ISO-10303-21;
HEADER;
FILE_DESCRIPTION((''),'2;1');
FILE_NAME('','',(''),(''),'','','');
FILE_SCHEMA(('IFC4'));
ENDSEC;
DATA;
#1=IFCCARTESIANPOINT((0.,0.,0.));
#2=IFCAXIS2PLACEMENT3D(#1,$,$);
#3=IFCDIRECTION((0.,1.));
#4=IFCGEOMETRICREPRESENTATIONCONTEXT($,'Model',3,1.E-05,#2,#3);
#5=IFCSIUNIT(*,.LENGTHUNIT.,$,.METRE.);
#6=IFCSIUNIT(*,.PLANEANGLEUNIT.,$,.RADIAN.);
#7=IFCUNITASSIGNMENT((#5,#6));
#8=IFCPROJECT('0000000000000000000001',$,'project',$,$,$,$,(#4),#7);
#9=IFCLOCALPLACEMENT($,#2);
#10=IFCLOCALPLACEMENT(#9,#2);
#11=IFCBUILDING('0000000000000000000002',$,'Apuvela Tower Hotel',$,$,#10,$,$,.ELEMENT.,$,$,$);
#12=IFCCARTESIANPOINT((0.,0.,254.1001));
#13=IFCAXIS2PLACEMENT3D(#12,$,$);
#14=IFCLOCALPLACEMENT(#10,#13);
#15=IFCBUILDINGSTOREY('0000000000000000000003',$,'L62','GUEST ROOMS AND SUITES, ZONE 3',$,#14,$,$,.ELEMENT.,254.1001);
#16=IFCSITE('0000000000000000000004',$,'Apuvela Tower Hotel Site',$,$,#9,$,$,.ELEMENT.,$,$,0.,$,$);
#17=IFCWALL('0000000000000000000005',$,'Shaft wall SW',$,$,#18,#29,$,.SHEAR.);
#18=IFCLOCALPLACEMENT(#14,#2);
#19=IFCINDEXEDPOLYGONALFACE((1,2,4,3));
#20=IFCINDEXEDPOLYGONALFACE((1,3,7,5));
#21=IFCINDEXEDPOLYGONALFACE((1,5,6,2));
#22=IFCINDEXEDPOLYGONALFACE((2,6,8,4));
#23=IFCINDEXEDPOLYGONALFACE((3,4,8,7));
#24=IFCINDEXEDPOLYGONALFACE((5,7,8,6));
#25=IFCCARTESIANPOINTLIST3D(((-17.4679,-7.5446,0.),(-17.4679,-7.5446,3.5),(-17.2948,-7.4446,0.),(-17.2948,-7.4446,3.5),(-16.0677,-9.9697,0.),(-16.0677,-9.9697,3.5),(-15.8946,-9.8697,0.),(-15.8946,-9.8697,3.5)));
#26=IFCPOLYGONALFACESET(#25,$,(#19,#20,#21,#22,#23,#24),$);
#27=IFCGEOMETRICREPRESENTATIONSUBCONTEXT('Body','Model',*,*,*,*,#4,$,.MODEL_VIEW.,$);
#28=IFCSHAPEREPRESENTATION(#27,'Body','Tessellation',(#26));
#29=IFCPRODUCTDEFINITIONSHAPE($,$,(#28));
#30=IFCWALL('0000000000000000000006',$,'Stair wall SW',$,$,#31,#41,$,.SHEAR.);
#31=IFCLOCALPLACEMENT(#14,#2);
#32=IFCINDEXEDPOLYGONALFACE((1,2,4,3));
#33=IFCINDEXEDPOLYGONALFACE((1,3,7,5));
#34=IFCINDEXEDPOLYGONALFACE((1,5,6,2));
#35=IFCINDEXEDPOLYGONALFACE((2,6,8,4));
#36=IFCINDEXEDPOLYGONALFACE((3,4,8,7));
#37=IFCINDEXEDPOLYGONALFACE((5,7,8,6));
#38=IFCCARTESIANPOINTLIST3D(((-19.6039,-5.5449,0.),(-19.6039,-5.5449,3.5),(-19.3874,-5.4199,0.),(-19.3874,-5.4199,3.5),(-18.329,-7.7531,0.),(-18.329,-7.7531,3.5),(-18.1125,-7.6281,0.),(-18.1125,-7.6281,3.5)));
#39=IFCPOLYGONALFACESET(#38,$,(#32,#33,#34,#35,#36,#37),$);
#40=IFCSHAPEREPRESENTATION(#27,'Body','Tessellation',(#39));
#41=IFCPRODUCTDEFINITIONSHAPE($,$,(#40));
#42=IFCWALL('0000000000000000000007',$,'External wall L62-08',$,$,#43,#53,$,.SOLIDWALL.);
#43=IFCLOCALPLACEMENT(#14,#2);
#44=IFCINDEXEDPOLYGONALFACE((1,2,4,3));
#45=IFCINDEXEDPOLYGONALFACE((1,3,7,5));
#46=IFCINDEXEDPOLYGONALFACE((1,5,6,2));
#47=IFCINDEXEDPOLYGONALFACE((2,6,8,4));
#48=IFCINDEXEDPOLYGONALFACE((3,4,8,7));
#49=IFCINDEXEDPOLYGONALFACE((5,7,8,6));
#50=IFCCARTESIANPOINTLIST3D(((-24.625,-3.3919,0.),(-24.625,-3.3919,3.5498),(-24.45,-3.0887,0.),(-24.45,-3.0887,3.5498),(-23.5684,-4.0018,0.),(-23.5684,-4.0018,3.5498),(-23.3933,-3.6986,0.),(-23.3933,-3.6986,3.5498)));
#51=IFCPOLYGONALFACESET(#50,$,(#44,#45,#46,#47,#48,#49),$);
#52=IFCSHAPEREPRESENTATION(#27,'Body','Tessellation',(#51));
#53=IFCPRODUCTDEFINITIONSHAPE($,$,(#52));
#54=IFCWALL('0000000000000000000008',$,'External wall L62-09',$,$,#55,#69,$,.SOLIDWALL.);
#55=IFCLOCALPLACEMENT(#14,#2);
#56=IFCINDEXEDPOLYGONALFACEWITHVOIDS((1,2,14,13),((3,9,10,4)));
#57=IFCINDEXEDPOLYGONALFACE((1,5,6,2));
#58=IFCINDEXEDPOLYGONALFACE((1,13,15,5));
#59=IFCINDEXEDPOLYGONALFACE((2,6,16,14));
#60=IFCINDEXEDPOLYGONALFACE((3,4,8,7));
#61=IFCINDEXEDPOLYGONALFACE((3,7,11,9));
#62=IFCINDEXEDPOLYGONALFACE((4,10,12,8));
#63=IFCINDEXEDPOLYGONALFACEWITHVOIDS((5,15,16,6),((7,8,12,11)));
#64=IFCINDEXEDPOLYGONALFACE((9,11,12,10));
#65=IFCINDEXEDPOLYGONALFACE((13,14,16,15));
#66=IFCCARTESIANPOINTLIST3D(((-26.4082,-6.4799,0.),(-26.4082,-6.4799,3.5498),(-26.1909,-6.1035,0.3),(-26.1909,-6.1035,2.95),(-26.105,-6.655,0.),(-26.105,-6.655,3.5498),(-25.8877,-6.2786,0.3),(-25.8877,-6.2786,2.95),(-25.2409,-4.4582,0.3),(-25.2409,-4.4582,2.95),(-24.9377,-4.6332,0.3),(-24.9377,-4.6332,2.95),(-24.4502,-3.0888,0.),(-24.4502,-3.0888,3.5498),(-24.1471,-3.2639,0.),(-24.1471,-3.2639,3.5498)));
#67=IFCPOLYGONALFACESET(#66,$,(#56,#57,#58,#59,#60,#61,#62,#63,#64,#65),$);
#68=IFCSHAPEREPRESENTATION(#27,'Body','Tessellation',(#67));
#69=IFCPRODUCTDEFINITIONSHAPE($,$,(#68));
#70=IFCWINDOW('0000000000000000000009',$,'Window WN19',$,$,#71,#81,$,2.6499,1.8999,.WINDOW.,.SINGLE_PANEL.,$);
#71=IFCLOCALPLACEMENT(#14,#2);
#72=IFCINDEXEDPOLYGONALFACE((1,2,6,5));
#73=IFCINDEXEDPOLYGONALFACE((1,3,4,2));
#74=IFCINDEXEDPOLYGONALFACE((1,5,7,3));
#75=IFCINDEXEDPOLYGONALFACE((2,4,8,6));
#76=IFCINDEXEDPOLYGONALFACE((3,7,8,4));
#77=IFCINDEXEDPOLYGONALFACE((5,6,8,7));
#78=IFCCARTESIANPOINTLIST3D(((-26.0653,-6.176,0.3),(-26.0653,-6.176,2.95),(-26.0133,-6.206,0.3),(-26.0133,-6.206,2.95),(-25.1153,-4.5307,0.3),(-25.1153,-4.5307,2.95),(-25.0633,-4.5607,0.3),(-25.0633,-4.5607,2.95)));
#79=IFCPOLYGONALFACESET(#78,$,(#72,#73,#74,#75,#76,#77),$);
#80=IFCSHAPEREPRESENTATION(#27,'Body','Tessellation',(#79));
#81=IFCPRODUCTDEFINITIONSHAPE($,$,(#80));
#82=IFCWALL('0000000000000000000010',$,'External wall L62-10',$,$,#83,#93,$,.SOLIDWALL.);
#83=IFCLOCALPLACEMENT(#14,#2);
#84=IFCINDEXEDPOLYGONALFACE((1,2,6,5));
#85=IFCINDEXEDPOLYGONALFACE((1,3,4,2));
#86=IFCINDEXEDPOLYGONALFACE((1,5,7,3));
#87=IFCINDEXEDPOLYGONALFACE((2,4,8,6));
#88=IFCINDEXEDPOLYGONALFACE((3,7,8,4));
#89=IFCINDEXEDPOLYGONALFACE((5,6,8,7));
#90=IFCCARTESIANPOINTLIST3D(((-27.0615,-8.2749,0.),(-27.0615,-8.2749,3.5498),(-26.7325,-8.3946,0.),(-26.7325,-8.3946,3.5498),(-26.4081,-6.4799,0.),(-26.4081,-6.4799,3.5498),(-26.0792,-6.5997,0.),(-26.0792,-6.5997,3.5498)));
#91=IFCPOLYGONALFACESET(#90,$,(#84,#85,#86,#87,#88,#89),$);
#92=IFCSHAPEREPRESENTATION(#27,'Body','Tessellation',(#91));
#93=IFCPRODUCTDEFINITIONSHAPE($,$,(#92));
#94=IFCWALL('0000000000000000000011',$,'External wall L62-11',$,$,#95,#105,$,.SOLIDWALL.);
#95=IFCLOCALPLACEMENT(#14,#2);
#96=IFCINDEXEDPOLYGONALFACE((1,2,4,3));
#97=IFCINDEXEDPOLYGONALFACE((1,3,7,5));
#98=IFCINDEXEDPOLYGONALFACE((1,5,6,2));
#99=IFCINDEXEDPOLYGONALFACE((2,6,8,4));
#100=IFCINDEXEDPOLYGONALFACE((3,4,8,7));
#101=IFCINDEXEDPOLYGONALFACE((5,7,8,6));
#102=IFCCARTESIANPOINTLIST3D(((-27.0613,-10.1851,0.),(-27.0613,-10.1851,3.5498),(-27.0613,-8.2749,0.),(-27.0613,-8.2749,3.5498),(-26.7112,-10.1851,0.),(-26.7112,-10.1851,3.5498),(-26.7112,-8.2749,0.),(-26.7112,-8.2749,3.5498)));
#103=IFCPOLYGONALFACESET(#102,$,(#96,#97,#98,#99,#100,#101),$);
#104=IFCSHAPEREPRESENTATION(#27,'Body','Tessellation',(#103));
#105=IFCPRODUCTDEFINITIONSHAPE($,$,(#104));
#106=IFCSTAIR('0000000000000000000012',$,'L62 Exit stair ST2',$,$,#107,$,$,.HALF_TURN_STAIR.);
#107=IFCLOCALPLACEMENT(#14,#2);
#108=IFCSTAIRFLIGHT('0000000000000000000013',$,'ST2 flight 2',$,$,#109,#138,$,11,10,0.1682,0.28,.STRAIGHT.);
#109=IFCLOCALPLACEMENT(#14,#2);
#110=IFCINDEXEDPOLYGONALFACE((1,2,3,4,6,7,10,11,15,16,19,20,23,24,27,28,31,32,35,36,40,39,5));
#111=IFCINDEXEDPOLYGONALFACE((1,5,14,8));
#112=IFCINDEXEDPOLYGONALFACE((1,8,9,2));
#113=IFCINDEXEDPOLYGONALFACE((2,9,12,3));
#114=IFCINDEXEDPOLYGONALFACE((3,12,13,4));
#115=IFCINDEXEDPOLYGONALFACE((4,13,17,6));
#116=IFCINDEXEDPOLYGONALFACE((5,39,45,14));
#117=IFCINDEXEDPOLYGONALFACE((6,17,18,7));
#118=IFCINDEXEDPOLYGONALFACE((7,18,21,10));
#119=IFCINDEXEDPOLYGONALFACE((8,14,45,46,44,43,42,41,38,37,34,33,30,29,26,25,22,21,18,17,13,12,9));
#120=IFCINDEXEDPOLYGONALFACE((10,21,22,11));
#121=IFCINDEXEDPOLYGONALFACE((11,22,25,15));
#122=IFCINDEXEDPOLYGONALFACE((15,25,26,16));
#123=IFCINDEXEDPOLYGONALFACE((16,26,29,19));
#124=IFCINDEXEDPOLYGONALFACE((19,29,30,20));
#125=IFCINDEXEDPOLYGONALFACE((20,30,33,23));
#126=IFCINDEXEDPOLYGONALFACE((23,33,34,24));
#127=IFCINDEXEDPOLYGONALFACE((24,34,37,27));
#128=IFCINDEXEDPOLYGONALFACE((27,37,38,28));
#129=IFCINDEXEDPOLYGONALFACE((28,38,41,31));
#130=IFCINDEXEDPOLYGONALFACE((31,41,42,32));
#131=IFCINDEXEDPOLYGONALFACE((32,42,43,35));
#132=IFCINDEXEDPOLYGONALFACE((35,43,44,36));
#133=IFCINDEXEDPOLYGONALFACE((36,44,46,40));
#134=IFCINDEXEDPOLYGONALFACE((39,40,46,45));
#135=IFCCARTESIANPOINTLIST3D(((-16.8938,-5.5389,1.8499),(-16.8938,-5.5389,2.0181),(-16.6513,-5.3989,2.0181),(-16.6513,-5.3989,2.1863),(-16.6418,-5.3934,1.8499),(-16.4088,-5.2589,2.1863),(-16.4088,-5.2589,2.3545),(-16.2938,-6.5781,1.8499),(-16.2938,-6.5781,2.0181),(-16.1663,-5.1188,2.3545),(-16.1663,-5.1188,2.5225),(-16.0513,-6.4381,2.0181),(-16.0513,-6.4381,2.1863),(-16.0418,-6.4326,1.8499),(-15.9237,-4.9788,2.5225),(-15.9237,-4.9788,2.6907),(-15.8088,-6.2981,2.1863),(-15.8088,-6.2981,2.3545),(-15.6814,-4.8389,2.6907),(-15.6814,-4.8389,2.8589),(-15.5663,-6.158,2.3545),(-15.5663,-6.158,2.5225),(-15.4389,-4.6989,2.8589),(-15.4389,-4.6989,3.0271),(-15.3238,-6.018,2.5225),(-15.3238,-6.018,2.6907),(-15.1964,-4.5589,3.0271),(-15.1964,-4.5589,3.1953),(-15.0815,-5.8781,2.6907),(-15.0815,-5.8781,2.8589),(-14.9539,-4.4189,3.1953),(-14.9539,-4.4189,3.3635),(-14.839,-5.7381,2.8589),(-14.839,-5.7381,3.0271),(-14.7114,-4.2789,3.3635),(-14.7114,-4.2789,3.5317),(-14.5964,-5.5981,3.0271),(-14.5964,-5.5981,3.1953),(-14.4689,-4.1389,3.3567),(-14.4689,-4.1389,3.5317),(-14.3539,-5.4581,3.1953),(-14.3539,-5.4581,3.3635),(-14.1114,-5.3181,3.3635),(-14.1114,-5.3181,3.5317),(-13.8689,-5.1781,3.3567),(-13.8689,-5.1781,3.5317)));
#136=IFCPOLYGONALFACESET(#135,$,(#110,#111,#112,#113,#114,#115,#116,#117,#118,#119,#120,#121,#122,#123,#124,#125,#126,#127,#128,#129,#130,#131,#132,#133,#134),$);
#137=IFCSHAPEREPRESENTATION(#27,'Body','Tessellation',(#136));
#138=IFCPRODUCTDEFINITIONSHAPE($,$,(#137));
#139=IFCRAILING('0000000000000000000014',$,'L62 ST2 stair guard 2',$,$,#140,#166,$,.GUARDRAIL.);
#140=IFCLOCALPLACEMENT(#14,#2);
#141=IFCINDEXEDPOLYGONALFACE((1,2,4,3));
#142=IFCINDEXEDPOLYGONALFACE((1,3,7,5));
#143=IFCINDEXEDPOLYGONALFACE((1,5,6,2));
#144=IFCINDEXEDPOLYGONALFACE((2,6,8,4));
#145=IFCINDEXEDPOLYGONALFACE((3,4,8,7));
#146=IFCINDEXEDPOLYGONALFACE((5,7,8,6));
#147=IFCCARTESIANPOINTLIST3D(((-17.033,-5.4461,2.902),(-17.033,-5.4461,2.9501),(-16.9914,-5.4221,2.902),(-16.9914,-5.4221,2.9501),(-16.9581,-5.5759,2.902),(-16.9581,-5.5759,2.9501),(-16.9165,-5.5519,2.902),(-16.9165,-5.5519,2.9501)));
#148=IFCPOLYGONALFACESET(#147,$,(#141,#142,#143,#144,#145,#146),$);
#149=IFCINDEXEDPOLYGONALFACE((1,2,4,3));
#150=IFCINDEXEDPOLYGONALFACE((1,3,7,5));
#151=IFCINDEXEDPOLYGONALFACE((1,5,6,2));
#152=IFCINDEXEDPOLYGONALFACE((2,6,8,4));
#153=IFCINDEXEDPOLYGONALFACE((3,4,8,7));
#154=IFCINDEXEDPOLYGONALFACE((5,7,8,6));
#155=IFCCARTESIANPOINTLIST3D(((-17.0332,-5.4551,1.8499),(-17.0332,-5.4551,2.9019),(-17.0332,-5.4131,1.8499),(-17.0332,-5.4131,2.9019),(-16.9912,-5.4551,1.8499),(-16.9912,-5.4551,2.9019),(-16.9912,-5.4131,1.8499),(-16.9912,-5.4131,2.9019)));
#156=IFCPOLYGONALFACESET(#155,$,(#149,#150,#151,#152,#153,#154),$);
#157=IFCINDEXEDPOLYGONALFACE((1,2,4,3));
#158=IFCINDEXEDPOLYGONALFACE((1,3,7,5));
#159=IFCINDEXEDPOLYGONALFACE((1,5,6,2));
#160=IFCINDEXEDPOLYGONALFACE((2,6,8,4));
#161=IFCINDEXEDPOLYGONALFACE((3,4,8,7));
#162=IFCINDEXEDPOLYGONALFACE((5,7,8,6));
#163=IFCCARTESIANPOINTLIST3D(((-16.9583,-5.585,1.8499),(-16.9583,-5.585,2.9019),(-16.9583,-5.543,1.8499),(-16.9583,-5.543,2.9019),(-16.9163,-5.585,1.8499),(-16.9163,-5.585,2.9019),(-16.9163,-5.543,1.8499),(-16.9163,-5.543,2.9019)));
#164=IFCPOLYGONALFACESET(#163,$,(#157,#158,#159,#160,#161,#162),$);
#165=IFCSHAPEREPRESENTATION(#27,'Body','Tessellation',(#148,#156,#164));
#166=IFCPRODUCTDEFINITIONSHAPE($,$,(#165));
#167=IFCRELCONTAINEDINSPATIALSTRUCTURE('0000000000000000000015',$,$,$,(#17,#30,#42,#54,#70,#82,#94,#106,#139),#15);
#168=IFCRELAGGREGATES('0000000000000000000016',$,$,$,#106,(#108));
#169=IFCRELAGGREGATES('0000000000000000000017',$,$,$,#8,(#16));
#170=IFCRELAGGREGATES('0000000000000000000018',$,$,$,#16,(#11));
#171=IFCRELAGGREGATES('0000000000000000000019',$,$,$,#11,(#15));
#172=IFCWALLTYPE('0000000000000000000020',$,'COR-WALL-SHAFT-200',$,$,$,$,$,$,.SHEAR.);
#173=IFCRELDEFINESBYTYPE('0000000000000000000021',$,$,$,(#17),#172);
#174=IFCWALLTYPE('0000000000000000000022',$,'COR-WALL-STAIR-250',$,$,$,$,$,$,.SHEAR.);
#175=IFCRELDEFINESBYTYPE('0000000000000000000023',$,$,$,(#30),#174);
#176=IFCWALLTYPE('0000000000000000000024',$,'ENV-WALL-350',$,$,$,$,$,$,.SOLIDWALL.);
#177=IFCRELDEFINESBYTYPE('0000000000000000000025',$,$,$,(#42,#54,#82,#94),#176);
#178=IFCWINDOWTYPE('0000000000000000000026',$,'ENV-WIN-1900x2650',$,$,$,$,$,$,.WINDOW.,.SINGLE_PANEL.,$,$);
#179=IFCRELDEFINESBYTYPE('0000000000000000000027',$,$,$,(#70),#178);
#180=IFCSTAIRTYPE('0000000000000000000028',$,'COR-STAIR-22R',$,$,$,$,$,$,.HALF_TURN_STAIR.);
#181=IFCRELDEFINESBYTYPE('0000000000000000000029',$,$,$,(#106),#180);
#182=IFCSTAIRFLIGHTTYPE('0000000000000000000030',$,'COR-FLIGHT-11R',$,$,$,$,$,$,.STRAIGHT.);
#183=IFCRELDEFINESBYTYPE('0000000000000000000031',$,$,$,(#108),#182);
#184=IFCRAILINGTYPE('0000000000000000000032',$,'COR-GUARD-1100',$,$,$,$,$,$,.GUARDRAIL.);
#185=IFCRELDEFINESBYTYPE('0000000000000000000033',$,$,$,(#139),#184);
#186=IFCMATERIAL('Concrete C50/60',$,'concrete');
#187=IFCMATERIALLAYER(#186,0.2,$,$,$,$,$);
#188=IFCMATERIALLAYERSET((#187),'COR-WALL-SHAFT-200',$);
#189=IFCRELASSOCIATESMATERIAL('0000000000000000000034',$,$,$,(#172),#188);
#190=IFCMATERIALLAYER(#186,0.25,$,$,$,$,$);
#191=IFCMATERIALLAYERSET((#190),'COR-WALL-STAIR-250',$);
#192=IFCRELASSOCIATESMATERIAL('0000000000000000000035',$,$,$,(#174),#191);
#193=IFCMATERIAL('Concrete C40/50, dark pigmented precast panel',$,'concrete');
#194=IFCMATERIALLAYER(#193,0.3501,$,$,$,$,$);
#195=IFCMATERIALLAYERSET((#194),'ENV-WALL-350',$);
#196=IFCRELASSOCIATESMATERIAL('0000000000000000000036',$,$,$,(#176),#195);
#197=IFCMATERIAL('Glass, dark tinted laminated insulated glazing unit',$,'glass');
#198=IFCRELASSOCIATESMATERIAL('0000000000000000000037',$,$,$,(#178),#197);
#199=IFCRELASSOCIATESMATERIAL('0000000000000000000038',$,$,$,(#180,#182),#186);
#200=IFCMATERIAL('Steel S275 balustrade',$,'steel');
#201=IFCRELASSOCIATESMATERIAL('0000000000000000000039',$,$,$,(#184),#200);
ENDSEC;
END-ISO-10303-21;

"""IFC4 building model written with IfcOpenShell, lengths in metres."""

from ifc_helpers import new_model, si_unit, direction, frame, frame_2d, origin, origin_2d, place, context, subcontext, project, spatial, polyline, rectangle, outline, extrude, material, layer, layer_set, type_object, element, fill, aggregate, save


model = new_model("IFC4")

# Units and contexts
model_context = context("Model", 3, precision=1e-05, world=origin(), true_north=direction((0.0, 1.0)))
body_context = subcontext(model_context, "Body", "Model", "MODEL_VIEW")
ifc_project = project(units=[si_unit("LENGTHUNIT", "METRE"), si_unit("PLANEANGLEUNIT", "RADIAN")], contexts=[model_context])

# Site, building, storey
site_placement = place(None, origin())
site = spatial("IfcSite", under=ifc_project, at=site_placement, Name="Apuvela Tower Hotel Site", CompositionType="ELEMENT", RefElevation=0.0)
building_placement = place(site_placement, origin())
building = spatial("IfcBuilding", under=site, at=building_placement, Name="Apuvela Tower Hotel", CompositionType="ELEMENT")
storey_placement = place(building_placement, frame((0.0, 0.0, 254.1001)))
storey = spatial("IfcBuildingStorey", under=building, at=storey_placement, Name="L62", Description="GUEST ROOMS AND SUITES, ZONE 3", CompositionType="ELEMENT", Elevation=254.1001)

# Walls
ifc_material_1 = material(Name="Concrete C50/60", Category="concrete")
ifc_layer_1 = layer(ifc_material_1, 0.2)
ifc_layer_set_1 = layer_set([ifc_layer_1], Name="COR-WALL-SHAFT-200")
wall_type_1 = type_object("IfcWallType", Name="COR-WALL-SHAFT-200", PredefinedType="SHEAR", material=ifc_layer_set_1)
wall_1_placement = place(storey_placement, frame((-17.3813, -7.4946, 0.0), z_axis=(0.0, 0.0, 1.0), x_axis=(0.500012, -0.866019, 0.0)))
element("IfcWall", 1, at=wall_1_placement, inside=storey, type_object=wall_type_1, Name="Shaft wall SW", PredefinedType="SHEAR", context=body_context, shape_type="SweptSolid", body=[
    extrude(rectangle(XDim=2.8003, YDim=0.2, at=frame_2d((1.4001, 0.0))), origin(), (0.0, 0.0, 1.0), 3.5),
])
ifc_layer_2 = layer(ifc_material_1, 0.25)
ifc_layer_set_2 = layer_set([ifc_layer_2], Name="COR-WALL-STAIR-250")
wall_type_2 = type_object("IfcWallType", Name="COR-WALL-STAIR-250", PredefinedType="SHEAR", material=ifc_layer_set_2)
wall_2_placement = place(storey_placement, frame((-19.4956, -5.4824, 0.0), z_axis=(0.0, 0.0, 1.0), x_axis=(0.49999, -0.866031, 0.0)))
element("IfcWall", 2, at=wall_2_placement, inside=storey, type_object=wall_type_2, Name="Stair wall SW", PredefinedType="SHEAR", context=body_context, shape_type="SweptSolid", body=[
    extrude(rectangle(XDim=2.5498, YDim=0.25, at=frame_2d((1.2749, 0.0))), origin(), (0.0, 0.0, 1.0), 3.5),
])
ifc_material_2 = material(Name="Concrete C40/50, dark pigmented precast panel", Category="concrete")
ifc_layer_3 = layer(ifc_material_2, 0.3501)
ifc_layer_set_3 = layer_set([ifc_layer_3], Name="ENV-WALL-350")
wall_type_3 = type_object("IfcWallType", Name="ENV-WALL-350", PredefinedType="SOLIDWALL", material=ifc_layer_set_3)
wall_3_placement = place(storey_placement, frame((-23.481, -3.8501, 0.0), z_axis=(0.0, 0.0, 1.0), x_axis=(-0.866092, 0.499884, 0.0)))
element("IfcWall", 3, at=wall_3_placement, inside=storey, type_object=wall_type_3, Name="External wall L62-08", PredefinedType="SOLIDWALL", context=body_context, shape_type="SweptSolid", body=[
    extrude(rectangle(XDim=1.22, YDim=0.3501, at=frame_2d((0.6099, 0.0))), origin(), (0.0, 0.0, 1.0), 3.5498),
])

# Wall, opening, window
wall_4_placement = place(storey_placement, frame((-24.2986, -3.1763, 0.0), z_axis=(0.0, 0.0, 1.0), x_axis=(-0.500028, -0.866009, 0.0)))
wall_4 = element("IfcWall", 4, at=wall_4_placement, inside=storey, type_object=wall_type_3, Name="External wall L62-09", PredefinedType="SOLIDWALL", context=body_context, shape_type="SweptSolid", body=[
    extrude(rectangle(XDim=3.9158, YDim=0.3501, at=frame_2d((1.958, 0.0))), origin(), (0.0, 0.0, 1.0), 3.5498),
])
opening_1_placement = place(wall_4_placement, frame((1.5813, 0.0, 0.3)))
opening_1 = element("IfcOpeningElement", 5, at=opening_1_placement, cuts=wall_4, PredefinedType="OPENING", context=body_context, shape_type="SweptSolid", body=[
    extrude(rectangle(XDim=1.8999, YDim=2.6499, at=frame_2d((0.95, 1.325))), frame((0.0, 0.1851, 0.0), z_axis=(0.0, -1.0, 0.0), x_axis=(1.0, 0.0, 0.0)), (0.0, 0.0, 1.0), 0.3701),
])
ifc_material_3 = material(Name="Glass, dark tinted laminated insulated glazing unit", Category="glass")
window_type = type_object("IfcWindowType", Name="ENV-WIN-1900x2650", PartitioningType="SINGLE_PANEL", PredefinedType="WINDOW", material=ifc_material_3)
window_placement = place(opening_1_placement, origin())
window = element("IfcWindow", 6, at=window_placement, inside=storey, type_object=window_type, Name="Window WN19", OverallHeight=2.6499, OverallWidth=1.8999, PartitioningType="SINGLE_PANEL", PredefinedType="WINDOW", context=body_context, shape_type="SweptSolid", body=[
    extrude(rectangle(XDim=1.8999, YDim=2.6499, at=frame_2d((0.95, 1.325))), frame((0.0, 0.03, 0.0), z_axis=(0.0, -1.0, 0.0), x_axis=(1.0, 0.0, 0.0)), (0.0, 0.0, 1.0), 0.0601),
])
fill(opening_1, window)

# Walls
for number, where, z_axis, x_axis, name in (
    (7, (-26.2437, -6.5398, 0.0), (0.0, 0.0, 1.0), (-0.34203, -0.939689, 0.0), "External wall L62-10"),
    (8, (-26.8862, -8.2749, 0.0), (0.0, 0.0, 1.0), (0.0, -1.0, 0.0), "External wall L62-11"),
):
    element("IfcWall", number, at=place(storey_placement, frame(where, z_axis=z_axis, x_axis=x_axis)), inside=storey, type_object=wall_type_3, Name=name, PredefinedType="SOLIDWALL", context=body_context, shape_type="SweptSolid", body=[
        extrude(rectangle(XDim=1.9102, YDim=0.3501, at=frame_2d((0.9551, 0.0))), origin(), (0.0, 0.0, 1.0), 3.5498),
    ])

# Stair, stair flight
stair_type = type_object("IfcStairType", Name="COR-STAIR-22R", PredefinedType="HALF_TURN_STAIR", material=ifc_material_1)
stair_placement = place(storey_placement, origin())
stair = element("IfcStair", 9, at=stair_placement, inside=storey, type_object=stair_type, Name="L62 Exit stair ST2", PredefinedType="HALF_TURN_STAIR")
stair_flight_type = type_object("IfcStairFlightType", Name="COR-FLIGHT-11R", PredefinedType="STRAIGHT", material=ifc_material_1)
stair_flight_placement = place(storey_placement, frame((-16.5938, -6.0586, 1.8499), z_axis=(0.0, 0.0, 1.0), x_axis=(0.866025, 0.5, 0.0)))
stair_flight = element("IfcStairFlight", 10, at=stair_flight_placement, type_object=stair_flight_type, Name="ST2 flight 2", NumberOfRisers=11, NumberOfTreads=10, PredefinedType="STRAIGHT", RiserHeight=0.1682, TreadLength=0.28, context=body_context, shape_type="SweptSolid", body=[
    extrude(outline(polyline([(0.0, 0.0), (0.0, 0.1682), (0.28, 0.1682), (0.28, 0.3364), (0.5601, 0.3364), (0.5601, 0.5046), (0.8401, 0.5046), (0.8401, 0.6726), (1.1201, 0.6726), (1.1201, 0.8408), (1.3999, 0.8408), (1.3999, 1.009), (1.6799, 1.009), (1.6799, 1.1772), (1.96, 1.1772), (1.96, 1.3455), (2.24, 1.3455), (2.24, 1.5137), (2.52, 1.5137), (2.52, 1.6819), (2.8, 1.6819), (2.8, 1.8501), (2.8, 1.5068), (0.291, 0.0), (0.0, 0.0)])), frame((0.0, 0.6001, 0.0), z_axis=(0.0, -1.0, 0.0), x_axis=(1.0, 0.0, 0.0)), (0.0, 0.0, 1.0), 1.2),
])
aggregate(stair, [stair_flight])

# Railing
ifc_material_4 = material(Name="Steel S275 balustrade", Category="steel")
railing_type_1 = type_object("IfcRailingType", Name="COR-GUARD-1100", PredefinedType="GUARDRAIL", material=ifc_material_4)
railing_1_placement = place(storey_placement, frame((-17.0122, -5.4341, 1.8499)))
element("IfcRailing", 11, at=railing_1_placement, inside=storey, type_object=railing_type_1, Name="L62 ST2 stair guard 2", PredefinedType="GUARDRAIL", context=body_context, shape_type="SweptSolid", body=[
    extrude(rectangle(XDim=0.0481, YDim=0.0481, at=origin_2d()), frame((0.0, 0.0, 1.0762), z_axis=(0.499816, -0.866131, 0.0), x_axis=(0.866131, 0.499816, 0.0)), (0.0, 0.0, 1.0), 0.1499),
    extrude(rectangle(XDim=0.042, YDim=0.042, at=origin_2d()), origin(), (0.0, 0.0, 1.0), 1.052),
    extrude(rectangle(XDim=0.042, YDim=0.042, at=origin_2d()), frame((0.075, -0.1299, 0.0)), (0.0, 0.0, 1.0), 1.052),
])

save(model, "model.ifc")
